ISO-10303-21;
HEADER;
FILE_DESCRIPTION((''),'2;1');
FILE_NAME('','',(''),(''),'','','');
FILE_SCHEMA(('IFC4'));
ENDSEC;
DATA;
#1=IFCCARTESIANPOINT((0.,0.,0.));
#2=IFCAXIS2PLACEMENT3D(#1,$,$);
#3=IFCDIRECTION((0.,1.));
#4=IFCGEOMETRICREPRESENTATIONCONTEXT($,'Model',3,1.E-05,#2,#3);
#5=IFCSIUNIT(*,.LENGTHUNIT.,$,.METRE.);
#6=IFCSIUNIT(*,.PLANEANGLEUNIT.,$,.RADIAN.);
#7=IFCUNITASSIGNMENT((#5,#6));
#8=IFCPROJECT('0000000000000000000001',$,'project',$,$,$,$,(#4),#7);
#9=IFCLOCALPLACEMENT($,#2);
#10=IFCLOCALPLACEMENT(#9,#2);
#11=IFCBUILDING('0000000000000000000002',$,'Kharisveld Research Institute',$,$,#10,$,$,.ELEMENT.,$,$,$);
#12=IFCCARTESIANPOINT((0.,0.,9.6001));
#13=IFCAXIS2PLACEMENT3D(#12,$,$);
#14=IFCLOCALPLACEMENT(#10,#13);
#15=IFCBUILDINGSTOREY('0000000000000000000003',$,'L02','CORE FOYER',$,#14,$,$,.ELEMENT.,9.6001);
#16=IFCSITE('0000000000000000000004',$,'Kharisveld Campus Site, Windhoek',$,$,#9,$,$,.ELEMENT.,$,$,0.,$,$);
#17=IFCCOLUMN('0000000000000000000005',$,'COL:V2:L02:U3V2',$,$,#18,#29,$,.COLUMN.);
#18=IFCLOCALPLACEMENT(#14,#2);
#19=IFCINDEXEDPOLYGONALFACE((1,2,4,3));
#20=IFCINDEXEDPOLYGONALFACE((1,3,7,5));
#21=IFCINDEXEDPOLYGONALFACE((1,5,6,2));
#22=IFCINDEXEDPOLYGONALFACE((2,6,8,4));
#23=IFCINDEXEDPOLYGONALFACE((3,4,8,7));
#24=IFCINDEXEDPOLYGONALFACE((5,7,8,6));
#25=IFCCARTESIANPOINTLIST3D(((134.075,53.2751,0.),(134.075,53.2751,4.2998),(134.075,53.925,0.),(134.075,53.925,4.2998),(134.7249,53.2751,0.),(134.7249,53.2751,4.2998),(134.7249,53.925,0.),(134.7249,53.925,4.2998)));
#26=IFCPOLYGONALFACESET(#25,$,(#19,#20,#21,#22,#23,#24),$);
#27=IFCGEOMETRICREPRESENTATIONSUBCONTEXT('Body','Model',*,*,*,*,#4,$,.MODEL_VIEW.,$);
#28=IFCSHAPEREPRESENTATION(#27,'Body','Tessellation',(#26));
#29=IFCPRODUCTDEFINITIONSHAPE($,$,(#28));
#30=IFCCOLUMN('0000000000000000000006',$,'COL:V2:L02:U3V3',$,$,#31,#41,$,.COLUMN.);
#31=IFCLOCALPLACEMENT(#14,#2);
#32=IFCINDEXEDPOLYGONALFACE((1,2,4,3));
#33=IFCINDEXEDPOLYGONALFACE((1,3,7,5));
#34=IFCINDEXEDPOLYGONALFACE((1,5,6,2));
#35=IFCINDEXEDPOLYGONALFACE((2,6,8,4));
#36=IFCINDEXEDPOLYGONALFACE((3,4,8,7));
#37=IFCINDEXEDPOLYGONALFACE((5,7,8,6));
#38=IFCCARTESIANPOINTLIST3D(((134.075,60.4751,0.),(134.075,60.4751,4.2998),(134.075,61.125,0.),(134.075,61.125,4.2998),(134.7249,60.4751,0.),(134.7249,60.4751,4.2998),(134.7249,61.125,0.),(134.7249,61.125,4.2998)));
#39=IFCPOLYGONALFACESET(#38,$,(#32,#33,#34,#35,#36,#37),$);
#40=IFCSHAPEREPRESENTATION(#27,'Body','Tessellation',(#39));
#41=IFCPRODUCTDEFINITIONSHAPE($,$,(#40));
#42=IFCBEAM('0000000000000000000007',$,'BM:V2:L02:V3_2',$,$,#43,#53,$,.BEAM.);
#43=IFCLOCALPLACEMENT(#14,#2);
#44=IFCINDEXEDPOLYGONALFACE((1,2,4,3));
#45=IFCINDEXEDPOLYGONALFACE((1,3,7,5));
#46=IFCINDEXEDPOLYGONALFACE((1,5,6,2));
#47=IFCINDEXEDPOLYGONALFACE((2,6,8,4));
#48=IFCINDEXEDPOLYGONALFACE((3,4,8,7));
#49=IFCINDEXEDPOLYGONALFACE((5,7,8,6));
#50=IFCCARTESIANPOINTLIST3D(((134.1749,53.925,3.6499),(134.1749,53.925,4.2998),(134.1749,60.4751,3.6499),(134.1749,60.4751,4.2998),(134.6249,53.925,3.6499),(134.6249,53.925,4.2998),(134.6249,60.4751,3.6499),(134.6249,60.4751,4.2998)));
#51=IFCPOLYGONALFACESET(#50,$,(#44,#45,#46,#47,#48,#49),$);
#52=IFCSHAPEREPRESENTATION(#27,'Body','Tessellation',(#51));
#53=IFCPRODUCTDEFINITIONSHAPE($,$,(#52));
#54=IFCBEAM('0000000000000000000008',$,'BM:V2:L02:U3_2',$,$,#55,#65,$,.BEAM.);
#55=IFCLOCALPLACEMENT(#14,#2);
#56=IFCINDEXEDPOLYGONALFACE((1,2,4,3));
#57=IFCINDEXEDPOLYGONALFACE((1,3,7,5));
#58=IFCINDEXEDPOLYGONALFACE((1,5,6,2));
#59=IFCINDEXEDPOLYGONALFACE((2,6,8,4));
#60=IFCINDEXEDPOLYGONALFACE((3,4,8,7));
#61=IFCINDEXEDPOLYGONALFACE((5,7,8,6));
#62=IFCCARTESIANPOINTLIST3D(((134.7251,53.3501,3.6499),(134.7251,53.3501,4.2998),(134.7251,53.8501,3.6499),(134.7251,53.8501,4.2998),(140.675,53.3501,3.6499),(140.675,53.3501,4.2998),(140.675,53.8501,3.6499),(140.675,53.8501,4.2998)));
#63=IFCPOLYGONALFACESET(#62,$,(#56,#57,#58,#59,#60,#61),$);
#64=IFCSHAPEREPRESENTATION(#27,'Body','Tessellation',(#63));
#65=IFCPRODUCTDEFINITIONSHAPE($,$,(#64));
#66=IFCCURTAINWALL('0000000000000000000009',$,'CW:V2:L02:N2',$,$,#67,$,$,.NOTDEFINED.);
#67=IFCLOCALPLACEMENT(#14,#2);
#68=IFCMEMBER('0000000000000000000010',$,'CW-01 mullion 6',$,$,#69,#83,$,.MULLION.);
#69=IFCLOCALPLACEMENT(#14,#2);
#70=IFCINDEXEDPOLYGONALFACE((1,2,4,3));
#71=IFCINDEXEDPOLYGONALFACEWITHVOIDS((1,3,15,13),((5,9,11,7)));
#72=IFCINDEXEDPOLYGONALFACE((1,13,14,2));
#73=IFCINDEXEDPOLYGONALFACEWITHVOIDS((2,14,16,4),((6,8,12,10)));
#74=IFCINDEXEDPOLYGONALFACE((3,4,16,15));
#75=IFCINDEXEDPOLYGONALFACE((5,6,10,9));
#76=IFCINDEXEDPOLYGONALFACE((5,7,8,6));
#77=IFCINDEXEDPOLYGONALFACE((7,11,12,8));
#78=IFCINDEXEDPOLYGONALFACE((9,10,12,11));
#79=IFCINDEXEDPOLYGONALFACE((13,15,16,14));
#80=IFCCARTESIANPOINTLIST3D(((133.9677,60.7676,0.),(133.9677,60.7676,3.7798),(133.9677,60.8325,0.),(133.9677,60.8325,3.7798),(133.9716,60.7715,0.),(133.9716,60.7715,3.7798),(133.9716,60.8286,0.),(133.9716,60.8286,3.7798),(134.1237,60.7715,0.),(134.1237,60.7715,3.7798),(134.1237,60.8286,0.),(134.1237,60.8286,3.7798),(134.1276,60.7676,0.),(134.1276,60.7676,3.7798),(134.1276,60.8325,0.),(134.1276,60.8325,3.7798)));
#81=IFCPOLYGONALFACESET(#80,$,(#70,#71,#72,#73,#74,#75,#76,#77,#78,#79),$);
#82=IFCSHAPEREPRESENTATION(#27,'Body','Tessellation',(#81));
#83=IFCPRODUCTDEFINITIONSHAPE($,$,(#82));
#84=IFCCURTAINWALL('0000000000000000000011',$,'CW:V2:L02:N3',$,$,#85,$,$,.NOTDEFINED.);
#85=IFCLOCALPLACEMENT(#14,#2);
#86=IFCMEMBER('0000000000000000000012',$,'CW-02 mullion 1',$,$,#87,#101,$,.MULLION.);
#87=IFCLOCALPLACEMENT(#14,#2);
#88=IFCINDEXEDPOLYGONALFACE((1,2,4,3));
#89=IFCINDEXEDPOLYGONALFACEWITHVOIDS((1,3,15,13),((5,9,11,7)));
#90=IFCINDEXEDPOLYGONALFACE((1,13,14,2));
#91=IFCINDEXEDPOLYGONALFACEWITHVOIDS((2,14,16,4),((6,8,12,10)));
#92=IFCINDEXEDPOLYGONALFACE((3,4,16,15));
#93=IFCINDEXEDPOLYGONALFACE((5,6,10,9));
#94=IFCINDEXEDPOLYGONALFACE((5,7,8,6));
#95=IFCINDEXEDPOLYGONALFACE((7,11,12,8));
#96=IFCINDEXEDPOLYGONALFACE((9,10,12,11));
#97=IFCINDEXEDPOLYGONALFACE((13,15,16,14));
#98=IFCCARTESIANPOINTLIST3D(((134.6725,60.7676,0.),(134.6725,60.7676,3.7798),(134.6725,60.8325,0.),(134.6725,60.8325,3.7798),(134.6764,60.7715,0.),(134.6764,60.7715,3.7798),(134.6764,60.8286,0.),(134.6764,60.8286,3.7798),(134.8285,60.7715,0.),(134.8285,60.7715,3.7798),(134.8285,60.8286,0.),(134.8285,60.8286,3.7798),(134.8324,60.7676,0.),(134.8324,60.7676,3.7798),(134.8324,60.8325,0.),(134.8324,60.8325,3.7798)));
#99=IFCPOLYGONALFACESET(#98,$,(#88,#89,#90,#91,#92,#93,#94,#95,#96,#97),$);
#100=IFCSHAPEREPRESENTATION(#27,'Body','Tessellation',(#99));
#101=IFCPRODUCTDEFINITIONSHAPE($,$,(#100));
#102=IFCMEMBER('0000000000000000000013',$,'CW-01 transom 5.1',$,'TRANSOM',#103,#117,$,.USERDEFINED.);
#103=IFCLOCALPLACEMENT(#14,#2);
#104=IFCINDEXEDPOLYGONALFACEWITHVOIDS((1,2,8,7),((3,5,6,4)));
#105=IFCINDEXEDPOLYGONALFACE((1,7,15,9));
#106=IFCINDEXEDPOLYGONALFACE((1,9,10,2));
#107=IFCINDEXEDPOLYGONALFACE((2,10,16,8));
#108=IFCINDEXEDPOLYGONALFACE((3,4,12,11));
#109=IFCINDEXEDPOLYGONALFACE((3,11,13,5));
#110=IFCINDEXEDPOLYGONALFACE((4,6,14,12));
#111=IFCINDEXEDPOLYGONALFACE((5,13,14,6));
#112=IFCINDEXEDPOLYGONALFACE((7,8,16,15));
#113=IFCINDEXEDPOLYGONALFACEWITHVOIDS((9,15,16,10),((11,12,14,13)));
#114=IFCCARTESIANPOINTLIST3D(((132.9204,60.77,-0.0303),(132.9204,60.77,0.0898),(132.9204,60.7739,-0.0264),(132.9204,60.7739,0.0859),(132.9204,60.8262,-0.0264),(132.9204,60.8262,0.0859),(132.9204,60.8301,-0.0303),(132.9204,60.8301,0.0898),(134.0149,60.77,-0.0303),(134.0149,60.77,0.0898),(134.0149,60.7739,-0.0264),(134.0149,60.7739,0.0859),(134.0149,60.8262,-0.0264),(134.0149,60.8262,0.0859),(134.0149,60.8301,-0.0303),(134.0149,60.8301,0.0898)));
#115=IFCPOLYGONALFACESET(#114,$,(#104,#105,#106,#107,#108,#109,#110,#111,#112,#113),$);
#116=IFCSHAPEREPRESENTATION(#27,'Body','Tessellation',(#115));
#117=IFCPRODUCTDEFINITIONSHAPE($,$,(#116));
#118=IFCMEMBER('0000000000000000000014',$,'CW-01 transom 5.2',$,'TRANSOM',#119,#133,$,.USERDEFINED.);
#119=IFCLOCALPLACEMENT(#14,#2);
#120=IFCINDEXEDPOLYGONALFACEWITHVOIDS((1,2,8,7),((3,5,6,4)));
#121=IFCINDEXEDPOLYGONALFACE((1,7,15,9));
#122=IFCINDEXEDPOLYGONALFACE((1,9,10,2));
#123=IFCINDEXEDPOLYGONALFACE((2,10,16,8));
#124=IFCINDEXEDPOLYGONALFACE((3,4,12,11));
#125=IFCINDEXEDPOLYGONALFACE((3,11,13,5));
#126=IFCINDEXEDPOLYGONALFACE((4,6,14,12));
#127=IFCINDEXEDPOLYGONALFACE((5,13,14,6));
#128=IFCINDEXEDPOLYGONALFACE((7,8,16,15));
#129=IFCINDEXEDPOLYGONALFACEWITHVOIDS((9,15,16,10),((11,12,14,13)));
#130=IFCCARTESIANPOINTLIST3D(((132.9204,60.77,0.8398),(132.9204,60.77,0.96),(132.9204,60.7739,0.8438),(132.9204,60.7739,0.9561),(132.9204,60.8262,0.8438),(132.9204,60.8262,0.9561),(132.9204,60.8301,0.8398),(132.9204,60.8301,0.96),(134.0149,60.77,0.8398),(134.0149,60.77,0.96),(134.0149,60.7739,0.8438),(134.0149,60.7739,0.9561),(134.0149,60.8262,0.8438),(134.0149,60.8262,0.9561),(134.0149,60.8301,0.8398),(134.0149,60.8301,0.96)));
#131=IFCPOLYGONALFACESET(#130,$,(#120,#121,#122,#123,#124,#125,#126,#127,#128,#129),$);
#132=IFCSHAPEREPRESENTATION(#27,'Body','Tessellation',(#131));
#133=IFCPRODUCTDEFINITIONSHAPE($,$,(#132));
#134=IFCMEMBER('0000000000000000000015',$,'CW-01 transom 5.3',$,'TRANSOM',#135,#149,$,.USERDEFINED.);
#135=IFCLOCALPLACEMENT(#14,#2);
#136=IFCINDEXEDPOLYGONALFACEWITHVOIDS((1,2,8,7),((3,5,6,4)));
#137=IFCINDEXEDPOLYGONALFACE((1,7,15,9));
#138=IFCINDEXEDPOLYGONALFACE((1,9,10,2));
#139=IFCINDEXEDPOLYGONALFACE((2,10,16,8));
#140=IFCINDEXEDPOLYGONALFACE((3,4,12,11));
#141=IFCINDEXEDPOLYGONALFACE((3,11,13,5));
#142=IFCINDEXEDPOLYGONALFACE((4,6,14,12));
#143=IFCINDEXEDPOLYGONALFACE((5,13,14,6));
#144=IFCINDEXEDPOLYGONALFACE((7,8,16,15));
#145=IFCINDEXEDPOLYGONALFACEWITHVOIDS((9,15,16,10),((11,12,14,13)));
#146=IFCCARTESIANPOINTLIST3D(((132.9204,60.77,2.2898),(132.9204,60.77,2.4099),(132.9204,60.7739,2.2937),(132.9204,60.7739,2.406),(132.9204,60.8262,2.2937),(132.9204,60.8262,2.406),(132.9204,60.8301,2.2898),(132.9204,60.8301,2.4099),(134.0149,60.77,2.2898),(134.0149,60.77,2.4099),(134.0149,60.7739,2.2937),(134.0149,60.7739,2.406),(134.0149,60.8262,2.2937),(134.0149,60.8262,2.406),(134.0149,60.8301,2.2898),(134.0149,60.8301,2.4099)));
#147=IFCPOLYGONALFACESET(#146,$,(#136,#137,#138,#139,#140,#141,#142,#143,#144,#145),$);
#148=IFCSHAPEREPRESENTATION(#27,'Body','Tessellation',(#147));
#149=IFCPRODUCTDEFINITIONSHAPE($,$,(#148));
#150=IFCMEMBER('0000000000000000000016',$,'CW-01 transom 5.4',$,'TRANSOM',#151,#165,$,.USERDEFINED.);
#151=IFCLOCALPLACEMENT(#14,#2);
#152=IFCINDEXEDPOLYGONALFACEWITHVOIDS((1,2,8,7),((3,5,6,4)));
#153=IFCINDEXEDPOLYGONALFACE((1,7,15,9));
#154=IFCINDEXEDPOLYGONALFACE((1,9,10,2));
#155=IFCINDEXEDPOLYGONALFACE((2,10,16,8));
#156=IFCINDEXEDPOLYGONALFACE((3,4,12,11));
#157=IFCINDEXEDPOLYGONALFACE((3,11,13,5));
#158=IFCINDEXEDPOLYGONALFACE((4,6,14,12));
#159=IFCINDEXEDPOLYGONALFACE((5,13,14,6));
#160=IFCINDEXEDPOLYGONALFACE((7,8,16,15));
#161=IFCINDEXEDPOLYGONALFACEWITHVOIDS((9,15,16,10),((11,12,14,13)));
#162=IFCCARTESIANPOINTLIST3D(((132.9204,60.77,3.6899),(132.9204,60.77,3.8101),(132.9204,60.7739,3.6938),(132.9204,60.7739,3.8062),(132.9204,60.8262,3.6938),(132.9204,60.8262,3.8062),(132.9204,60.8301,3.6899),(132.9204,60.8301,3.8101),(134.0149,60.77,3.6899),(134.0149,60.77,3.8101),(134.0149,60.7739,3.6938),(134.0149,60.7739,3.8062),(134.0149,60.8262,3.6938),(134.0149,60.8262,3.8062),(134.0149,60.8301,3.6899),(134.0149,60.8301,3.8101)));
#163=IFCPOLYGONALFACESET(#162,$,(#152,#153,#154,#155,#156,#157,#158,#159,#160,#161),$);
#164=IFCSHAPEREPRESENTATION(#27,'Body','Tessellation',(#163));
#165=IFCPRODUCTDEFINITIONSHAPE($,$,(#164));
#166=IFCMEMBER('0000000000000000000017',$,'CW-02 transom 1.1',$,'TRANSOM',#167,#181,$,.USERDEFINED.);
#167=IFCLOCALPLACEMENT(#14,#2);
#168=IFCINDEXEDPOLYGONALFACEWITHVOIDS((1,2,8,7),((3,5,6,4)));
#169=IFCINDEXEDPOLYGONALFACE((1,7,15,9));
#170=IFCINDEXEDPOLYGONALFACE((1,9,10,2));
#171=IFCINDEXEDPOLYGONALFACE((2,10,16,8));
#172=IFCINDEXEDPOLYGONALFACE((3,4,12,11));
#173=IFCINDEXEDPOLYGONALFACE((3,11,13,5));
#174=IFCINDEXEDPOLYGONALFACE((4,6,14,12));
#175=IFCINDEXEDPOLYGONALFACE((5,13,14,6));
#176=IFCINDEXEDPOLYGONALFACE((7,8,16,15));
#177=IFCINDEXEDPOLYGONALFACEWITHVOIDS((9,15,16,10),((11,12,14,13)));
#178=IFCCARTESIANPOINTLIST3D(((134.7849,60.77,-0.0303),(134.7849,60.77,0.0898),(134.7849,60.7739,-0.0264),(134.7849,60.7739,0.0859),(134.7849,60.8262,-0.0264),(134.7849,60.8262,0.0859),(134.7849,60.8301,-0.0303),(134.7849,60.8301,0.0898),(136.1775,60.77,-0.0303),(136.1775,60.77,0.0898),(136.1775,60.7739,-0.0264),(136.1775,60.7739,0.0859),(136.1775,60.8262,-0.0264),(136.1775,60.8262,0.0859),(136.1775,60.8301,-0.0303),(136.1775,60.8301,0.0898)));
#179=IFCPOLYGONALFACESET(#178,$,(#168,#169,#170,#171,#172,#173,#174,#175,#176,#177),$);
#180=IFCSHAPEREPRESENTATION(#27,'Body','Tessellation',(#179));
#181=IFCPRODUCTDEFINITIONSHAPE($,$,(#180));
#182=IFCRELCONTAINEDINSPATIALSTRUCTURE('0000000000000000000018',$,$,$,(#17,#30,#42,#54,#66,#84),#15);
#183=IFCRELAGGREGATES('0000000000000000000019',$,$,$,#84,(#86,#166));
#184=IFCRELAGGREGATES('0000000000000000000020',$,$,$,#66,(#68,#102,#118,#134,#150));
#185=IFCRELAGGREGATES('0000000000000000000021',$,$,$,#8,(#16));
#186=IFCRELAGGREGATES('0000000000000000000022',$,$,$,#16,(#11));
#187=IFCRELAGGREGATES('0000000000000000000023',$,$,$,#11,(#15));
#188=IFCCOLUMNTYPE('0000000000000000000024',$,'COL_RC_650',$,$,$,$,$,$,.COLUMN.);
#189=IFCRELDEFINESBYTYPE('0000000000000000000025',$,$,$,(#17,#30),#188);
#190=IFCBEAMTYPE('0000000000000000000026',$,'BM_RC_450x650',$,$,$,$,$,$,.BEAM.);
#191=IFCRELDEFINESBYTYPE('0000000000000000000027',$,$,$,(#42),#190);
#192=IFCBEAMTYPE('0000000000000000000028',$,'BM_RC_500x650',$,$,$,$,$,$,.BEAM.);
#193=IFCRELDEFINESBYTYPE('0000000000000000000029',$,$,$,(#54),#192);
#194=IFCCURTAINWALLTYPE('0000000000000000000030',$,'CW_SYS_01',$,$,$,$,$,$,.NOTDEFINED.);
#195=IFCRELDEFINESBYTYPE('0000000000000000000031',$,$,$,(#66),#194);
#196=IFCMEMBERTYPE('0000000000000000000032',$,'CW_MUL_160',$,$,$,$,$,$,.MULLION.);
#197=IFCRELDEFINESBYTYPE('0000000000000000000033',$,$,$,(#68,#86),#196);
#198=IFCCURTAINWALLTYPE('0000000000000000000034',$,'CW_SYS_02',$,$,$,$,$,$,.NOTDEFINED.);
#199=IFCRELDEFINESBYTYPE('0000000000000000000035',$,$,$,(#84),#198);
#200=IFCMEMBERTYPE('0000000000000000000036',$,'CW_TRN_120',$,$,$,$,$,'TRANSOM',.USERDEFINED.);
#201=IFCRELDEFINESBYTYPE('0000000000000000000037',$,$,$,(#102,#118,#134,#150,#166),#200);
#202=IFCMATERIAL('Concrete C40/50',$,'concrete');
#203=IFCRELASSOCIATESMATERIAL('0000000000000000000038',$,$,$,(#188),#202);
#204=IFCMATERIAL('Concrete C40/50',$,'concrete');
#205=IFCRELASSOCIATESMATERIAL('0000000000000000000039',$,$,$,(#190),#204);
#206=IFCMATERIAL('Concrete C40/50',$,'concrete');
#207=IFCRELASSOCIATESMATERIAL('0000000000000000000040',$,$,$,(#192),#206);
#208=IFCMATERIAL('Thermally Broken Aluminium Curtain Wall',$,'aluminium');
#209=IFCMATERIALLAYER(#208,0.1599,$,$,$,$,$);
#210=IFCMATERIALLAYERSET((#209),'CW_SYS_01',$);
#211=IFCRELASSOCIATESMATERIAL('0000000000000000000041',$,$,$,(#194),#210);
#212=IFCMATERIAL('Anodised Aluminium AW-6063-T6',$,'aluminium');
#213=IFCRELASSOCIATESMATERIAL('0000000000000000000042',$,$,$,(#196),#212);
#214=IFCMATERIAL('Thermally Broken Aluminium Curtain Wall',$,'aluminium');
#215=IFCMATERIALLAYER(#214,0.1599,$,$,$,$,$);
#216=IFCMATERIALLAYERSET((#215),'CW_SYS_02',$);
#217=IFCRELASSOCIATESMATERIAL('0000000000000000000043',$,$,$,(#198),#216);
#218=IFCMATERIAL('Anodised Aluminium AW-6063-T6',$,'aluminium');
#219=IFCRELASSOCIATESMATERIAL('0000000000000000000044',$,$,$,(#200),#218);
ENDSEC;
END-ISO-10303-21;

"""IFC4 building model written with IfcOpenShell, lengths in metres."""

from ifc_helpers import new_model, si_unit, direction, frame, origin, origin_2d, place, context, subcontext, project, spatial, rectangle, hollow_rectangle, extrude, material, layer, layer_set, material_profile, profile_set, type_object, element, aggregate, save


model = new_model("IFC4")

# Units and contexts
model_context = context("Model", 3, precision=1e-05, world=origin(), true_north=direction((0.0, 1.0)))
body_context = subcontext(model_context, "Body", "Model", "MODEL_VIEW")
ifc_project = project(units=[si_unit("LENGTHUNIT", "METRE"), si_unit("PLANEANGLEUNIT", "RADIAN")], contexts=[model_context])

# Site, building, storey
site_placement = place(None, origin())
site = spatial("IfcSite", under=ifc_project, at=site_placement, Name="Kharisveld Campus Site, Windhoek", CompositionType="ELEMENT", RefElevation=0.0)
building_placement = place(site_placement, origin())
building = spatial("IfcBuilding", under=site, at=building_placement, Name="Kharisveld Research Institute", CompositionType="ELEMENT")
storey_placement = place(building_placement, frame((0.0, 0.0, 9.6001)))
storey = spatial("IfcBuildingStorey", under=building, at=storey_placement, Name="L02", Description="CORE FOYER", CompositionType="ELEMENT", Elevation=9.6001)

# Columns
ifc_material_1 = material(Name="Concrete C40/50", Category="concrete")
ifc_material_profile_1 = material_profile(ifc_material_1, rectangle(XDim=0.6499, YDim=0.6499, at=origin_2d()))
ifc_profile_set_1 = profile_set([ifc_material_profile_1], Name="Concrete C40/50")
column_type = type_object("IfcColumnType", Name="COL_RC_650", PredefinedType="COLUMN", material=ifc_profile_set_1)
for number, where, z_axis, x_axis, name in (
    (1, (134.3999, 53.6001, 0.0), (0.0, 0.0, 1.0), (1.0, 0.0, 0.0), "COL:V2:L02:U3V2"),
    (2, (134.3999, 60.8, 0.0), (0.0, 0.0, 1.0), (1.0, 0.0, 0.0), "COL:V2:L02:U3V3"),
):
    element("IfcColumn", number, at=place(storey_placement, frame(where, z_axis=z_axis, x_axis=x_axis)), inside=storey, type_object=column_type, Name=name, PredefinedType="COLUMN", context=body_context, shape_type="SweptSolid", body=[
        extrude(rectangle(XDim=0.6499, YDim=0.6499, at=origin_2d()), origin(), (0.0, 0.0, 1.0), 4.2998),
    ])

# Beams
ifc_material_2 = material(Name="Concrete C40/50", Category="concrete")
ifc_material_profile_2 = material_profile(ifc_material_2, rectangle(XDim=0.45, YDim=0.6499, at=origin_2d()))
ifc_profile_set_2 = profile_set([ifc_material_profile_2], Name="Concrete C40/50")
beam_type_1 = type_object("IfcBeamType", Name="BM_RC_450x650", PredefinedType="BEAM", material=ifc_profile_set_2)
beam_1_placement = place(storey_placement, frame((134.3999, 53.925, 3.9749), z_axis=(0.0, 1.0, 0.0), x_axis=(-1.0, 0.0, 0.0)))
element("IfcBeam", 3, at=beam_1_placement, inside=storey, type_object=beam_type_1, Name="BM:V2:L02:V3_2", PredefinedType="BEAM", context=body_context, shape_type="SweptSolid", body=[
    extrude(rectangle(XDim=0.45, YDim=0.6499, at=origin_2d()), origin(), (0.0, 0.0, 1.0), 6.55),
])
ifc_material_3 = material(Name="Concrete C40/50", Category="concrete")
ifc_material_profile_3 = material_profile(ifc_material_3, rectangle(XDim=0.5, YDim=0.6499, at=origin_2d()))
ifc_profile_set_3 = profile_set([ifc_material_profile_3], Name="Concrete C40/50")
beam_type_2 = type_object("IfcBeamType", Name="BM_RC_500x650", PredefinedType="BEAM", material=ifc_profile_set_3)
beam_2_placement = place(storey_placement, frame((134.7251, 53.6001, 3.9749), z_axis=(1.0, 0.0, 0.0), x_axis=(0.0, 1.0, 0.0)))
element("IfcBeam", 4, at=beam_2_placement, inside=storey, type_object=beam_type_2, Name="BM:V2:L02:U3_2", PredefinedType="BEAM", context=body_context, shape_type="SweptSolid", body=[
    extrude(rectangle(XDim=0.5, YDim=0.6499, at=origin_2d()), origin(), (0.0, 0.0, 1.0), 5.95),
])

# Curtain walls, members
ifc_material_4 = material(Name="Thermally Broken Aluminium Curtain Wall", Category="aluminium")
ifc_layer_1 = layer(ifc_material_4, 0.1599)
ifc_layer_set_1 = layer_set([ifc_layer_1], Name="CW_SYS_01")
curtain_wall_type_1 = type_object("IfcCurtainWallType", Name="CW_SYS_01", PredefinedType="NOTDEFINED", material=ifc_layer_set_1)
curtain_wall_1_placement = place(storey_placement, origin())
curtain_wall_1 = element("IfcCurtainWall", 5, at=curtain_wall_1_placement, inside=storey, type_object=curtain_wall_type_1, Name="CW:V2:L02:N2", PredefinedType="NOTDEFINED")
ifc_material_5 = material(Name="Anodised Aluminium AW-6063-T6", Category="aluminium")
ifc_material_profile_4 = material_profile(ifc_material_5, hollow_rectangle(XDim=0.0649, YDim=0.1599, WallThickness=0.0039, at=origin_2d()))
ifc_profile_set_4 = profile_set([ifc_material_profile_4], Name="Anodised Aluminium AW-6063-T6")
member_type_1 = type_object("IfcMemberType", Name="CW_MUL_160", PredefinedType="MULLION", material=ifc_profile_set_4)
member_1_placement = place(storey_placement, frame((134.0476, 60.8, 0.0), z_axis=(0.0, 0.0, 1.0), x_axis=(0.0, 1.0, 0.0)))
member_1 = element("IfcMember", 6, at=member_1_placement, type_object=member_type_1, Name="CW-01 mullion 6", PredefinedType="MULLION", context=body_context, shape_type="SweptSolid", body=[
    extrude(hollow_rectangle(XDim=0.0649, YDim=0.1599, WallThickness=0.0039, at=origin_2d()), origin(), (0.0, 0.0, 1.0), 3.7798),
])
ifc_material_6 = material(Name="Thermally Broken Aluminium Curtain Wall", Category="aluminium")
ifc_layer_2 = layer(ifc_material_6, 0.1599)
ifc_layer_set_2 = layer_set([ifc_layer_2], Name="CW_SYS_02")
curtain_wall_type_2 = type_object("IfcCurtainWallType", Name="CW_SYS_02", PredefinedType="NOTDEFINED", material=ifc_layer_set_2)
curtain_wall_2_placement = place(storey_placement, origin())
curtain_wall_2 = element("IfcCurtainWall", 7, at=curtain_wall_2_placement, inside=storey, type_object=curtain_wall_type_2, Name="CW:V2:L02:N3", PredefinedType="NOTDEFINED")
member_2_placement = place(storey_placement, frame((134.7524, 60.8, 0.0), z_axis=(0.0, 0.0, 1.0), x_axis=(0.0, 1.0, 0.0)))
member_2 = element("IfcMember", 8, at=member_2_placement, type_object=member_type_1, Name="CW-02 mullion 1", PredefinedType="MULLION", context=body_context, shape_type="SweptSolid", body=[
    extrude(hollow_rectangle(XDim=0.0649, YDim=0.1599, WallThickness=0.0039, at=origin_2d()), origin(), (0.0, 0.0, 1.0), 3.7798),
])

# Members
ifc_material_7 = material(Name="Anodised Aluminium AW-6063-T6", Category="aluminium")
ifc_material_profile_5 = material_profile(ifc_material_7, hollow_rectangle(XDim=0.0601, YDim=0.1201, WallThickness=0.0039, at=origin_2d()))
ifc_profile_set_5 = profile_set([ifc_material_profile_5], Name="Anodised Aluminium AW-6063-T6")
member_type_2 = type_object("IfcMemberType", Name="CW_TRN_120", ElementType="TRANSOM", PredefinedType="USERDEFINED", material=ifc_profile_set_5)
member_3_placement = place(storey_placement, frame((132.9204, 60.8, 0.0298), z_axis=(1.0, 0.0, 0.0), x_axis=(0.0, 1.0, 0.0)))
member_3 = element("IfcMember", 9, at=member_3_placement, type_object=member_type_2, Name="CW-01 transom 5.1", ObjectType="TRANSOM", PredefinedType="USERDEFINED", context=body_context, shape_type="SweptSolid", body=[
    extrude(hollow_rectangle(XDim=0.0601, YDim=0.1201, WallThickness=0.0039, at=origin_2d()), origin(), (0.0, 0.0, 1.0), 1.0945),
])
member_4_placement = place(storey_placement, frame((132.9204, 60.8, 0.8999), z_axis=(1.0, 0.0, 0.0), x_axis=(0.0, 1.0, 0.0)))
member_4 = element("IfcMember", 10, at=member_4_placement, type_object=member_type_2, Name="CW-01 transom 5.2", ObjectType="TRANSOM", PredefinedType="USERDEFINED", context=body_context, shape_type="SweptSolid", body=[
    extrude(hollow_rectangle(XDim=0.0601, YDim=0.1201, WallThickness=0.0039, at=origin_2d()), origin(), (0.0, 0.0, 1.0), 1.0945),
])
member_5_placement = place(storey_placement, frame((132.9204, 60.8, 2.3499), z_axis=(1.0, 0.0, 0.0), x_axis=(0.0, 1.0, 0.0)))
member_5 = element("IfcMember", 11, at=member_5_placement, type_object=member_type_2, Name="CW-01 transom 5.3", ObjectType="TRANSOM", PredefinedType="USERDEFINED", context=body_context, shape_type="SweptSolid", body=[
    extrude(hollow_rectangle(XDim=0.0601, YDim=0.1201, WallThickness=0.0039, at=origin_2d()), origin(), (0.0, 0.0, 1.0), 1.0945),
])
member_6_placement = place(storey_placement, frame((132.9204, 60.8, 3.75), z_axis=(1.0, 0.0, 0.0), x_axis=(0.0, 1.0, 0.0)))
member_6 = element("IfcMember", 12, at=member_6_placement, type_object=member_type_2, Name="CW-01 transom 5.4", ObjectType="TRANSOM", PredefinedType="USERDEFINED", context=body_context, shape_type="SweptSolid", body=[
    extrude(hollow_rectangle(XDim=0.0601, YDim=0.1201, WallThickness=0.0039, at=origin_2d()), origin(), (0.0, 0.0, 1.0), 1.0945),
])
member_7_placement = place(storey_placement, frame((134.7849, 60.8, 0.0298), z_axis=(1.0, 0.0, 0.0), x_axis=(0.0, 1.0, 0.0)))
member_7 = element("IfcMember", 13, at=member_7_placement, type_object=member_type_2, Name="CW-02 transom 1.1", ObjectType="TRANSOM", PredefinedType="USERDEFINED", context=body_context, shape_type="SweptSolid", body=[
    extrude(hollow_rectangle(XDim=0.0601, YDim=0.1201, WallThickness=0.0039, at=origin_2d()), origin(), (0.0, 0.0, 1.0), 1.3926),
])
aggregate(curtain_wall_2, [member_2, member_7])

aggregate(curtain_wall_1, [member_1, member_3, member_4, member_5, member_6])

save(model, "model.ifc")
